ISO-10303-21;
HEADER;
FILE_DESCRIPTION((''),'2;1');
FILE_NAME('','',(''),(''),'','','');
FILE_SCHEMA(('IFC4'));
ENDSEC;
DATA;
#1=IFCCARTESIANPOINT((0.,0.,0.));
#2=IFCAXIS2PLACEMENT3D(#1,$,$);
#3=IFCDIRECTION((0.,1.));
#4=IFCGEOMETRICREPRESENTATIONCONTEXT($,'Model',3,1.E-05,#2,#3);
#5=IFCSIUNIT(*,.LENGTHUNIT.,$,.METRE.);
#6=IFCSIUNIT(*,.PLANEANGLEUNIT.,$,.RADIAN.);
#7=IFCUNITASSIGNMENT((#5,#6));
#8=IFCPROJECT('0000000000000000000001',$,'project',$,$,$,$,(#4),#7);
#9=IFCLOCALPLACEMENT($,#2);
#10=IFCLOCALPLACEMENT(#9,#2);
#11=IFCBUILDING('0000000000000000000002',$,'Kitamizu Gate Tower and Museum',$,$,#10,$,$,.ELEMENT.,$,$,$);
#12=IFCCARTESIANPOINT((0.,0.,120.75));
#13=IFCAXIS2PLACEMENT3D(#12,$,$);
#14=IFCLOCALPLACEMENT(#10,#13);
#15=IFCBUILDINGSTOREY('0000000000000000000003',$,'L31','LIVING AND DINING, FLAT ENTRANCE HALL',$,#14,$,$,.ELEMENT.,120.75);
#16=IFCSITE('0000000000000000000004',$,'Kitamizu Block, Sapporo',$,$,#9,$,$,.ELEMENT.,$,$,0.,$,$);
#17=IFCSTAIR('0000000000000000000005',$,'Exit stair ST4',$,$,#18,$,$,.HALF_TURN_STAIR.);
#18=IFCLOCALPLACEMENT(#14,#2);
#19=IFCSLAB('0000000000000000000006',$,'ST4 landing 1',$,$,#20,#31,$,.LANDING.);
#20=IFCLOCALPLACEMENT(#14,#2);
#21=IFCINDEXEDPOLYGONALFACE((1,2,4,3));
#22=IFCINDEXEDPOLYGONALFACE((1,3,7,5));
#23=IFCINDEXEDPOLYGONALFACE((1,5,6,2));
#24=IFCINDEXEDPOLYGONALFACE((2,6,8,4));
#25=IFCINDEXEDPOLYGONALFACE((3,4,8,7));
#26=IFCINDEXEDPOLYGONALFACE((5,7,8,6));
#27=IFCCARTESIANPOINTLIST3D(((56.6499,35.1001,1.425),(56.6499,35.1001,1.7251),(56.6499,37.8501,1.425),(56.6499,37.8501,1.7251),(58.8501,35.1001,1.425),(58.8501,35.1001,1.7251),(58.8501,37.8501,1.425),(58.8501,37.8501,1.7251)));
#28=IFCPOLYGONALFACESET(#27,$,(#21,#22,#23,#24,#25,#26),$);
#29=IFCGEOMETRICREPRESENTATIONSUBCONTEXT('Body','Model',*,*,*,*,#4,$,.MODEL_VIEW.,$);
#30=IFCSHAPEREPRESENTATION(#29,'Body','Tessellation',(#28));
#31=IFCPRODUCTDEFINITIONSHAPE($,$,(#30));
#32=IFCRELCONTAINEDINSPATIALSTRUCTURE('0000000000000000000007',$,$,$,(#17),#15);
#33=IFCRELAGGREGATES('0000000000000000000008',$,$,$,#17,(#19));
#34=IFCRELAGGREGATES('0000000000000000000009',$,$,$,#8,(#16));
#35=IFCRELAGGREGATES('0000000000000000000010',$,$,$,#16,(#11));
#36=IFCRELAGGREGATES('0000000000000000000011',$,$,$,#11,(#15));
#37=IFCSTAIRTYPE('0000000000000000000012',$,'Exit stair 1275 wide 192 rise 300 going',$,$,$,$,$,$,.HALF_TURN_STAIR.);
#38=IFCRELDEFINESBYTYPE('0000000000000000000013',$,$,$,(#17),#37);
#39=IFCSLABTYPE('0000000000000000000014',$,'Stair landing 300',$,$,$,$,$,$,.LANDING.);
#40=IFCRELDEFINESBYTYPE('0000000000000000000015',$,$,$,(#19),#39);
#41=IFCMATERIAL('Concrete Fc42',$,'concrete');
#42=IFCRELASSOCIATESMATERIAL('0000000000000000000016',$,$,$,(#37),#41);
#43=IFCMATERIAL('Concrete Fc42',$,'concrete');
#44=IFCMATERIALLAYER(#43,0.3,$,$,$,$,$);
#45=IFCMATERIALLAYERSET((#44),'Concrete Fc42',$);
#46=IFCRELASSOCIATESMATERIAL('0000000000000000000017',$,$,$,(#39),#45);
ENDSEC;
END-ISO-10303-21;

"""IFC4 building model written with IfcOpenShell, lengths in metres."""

from ifc_helpers import new_model, si_unit, direction, frame, origin, place, context, subcontext, project, spatial, polyline, outline, extrude, material, layer, layer_set, type_object, element, aggregate, save


model = new_model("IFC4")

# Units and contexts
model_context = context("Model", 3, precision=1e-05, world=origin(), true_north=direction((0.0, 1.0)))
body_context = subcontext(model_context, "Body", "Model", "MODEL_VIEW")
ifc_project = project(units=[si_unit("LENGTHUNIT", "METRE"), si_unit("PLANEANGLEUNIT", "RADIAN")], contexts=[model_context])

# Site, building, storey
site_placement = place(None, origin())
site = spatial("IfcSite", under=ifc_project, at=site_placement, Name="Kitamizu Block, Sapporo", CompositionType="ELEMENT", RefElevation=0.0)
building_placement = place(site_placement, origin())
building = spatial("IfcBuilding", under=site, at=building_placement, Name="Kitamizu Gate Tower and Museum", CompositionType="ELEMENT")
storey_placement = place(building_placement, frame((0.0, 0.0, 120.75)))
storey = spatial("IfcBuildingStorey", under=building, at=storey_placement, Name="L31", Description="LIVING AND DINING, FLAT ENTRANCE HALL", CompositionType="ELEMENT", Elevation=120.75)

# Stair, slab
ifc_material_1 = material(Name="Concrete Fc42", Category="concrete")
stair_type = type_object("IfcStairType", Name="Exit stair 1275 wide 192 rise 300 going", PredefinedType="HALF_TURN_STAIR", material=ifc_material_1)
ifc_material_2 = material(Name="Concrete Fc42", Category="concrete")
ifc_layer_1 = layer(ifc_material_2, 0.3)
ifc_layer_set_1 = layer_set([ifc_layer_1], Name="Concrete Fc42")
slab_type_1 = type_object("IfcSlabType", Name="Stair landing 300", PredefinedType="LANDING", material=ifc_layer_set_1)
stair_1_placement = place(storey_placement, origin())
stair_1 = element("IfcStair", 1, at=stair_1_placement, inside=storey, type_object=stair_type, Name="Exit stair ST4", PredefinedType="HALF_TURN_STAIR")
slab_1_placement = place(storey_placement, frame((0.0, 0.0, 1.425)))
slab_1 = element("IfcSlab", 2, at=slab_1_placement, type_object=slab_type_1, Name="ST4 landing 1", PredefinedType="LANDING", context=body_context, shape_type="SweptSolid", body=[
    extrude(outline(polyline([(56.6499, 35.1001), (58.8501, 35.1001), (58.8501, 37.8501), (56.6499, 37.8501), (56.6499, 35.1001)])), origin(), (0.0, 0.0, 1.0), 0.3),
])
aggregate(stair_1, [slab_1])

save(model, "model.ifc")
